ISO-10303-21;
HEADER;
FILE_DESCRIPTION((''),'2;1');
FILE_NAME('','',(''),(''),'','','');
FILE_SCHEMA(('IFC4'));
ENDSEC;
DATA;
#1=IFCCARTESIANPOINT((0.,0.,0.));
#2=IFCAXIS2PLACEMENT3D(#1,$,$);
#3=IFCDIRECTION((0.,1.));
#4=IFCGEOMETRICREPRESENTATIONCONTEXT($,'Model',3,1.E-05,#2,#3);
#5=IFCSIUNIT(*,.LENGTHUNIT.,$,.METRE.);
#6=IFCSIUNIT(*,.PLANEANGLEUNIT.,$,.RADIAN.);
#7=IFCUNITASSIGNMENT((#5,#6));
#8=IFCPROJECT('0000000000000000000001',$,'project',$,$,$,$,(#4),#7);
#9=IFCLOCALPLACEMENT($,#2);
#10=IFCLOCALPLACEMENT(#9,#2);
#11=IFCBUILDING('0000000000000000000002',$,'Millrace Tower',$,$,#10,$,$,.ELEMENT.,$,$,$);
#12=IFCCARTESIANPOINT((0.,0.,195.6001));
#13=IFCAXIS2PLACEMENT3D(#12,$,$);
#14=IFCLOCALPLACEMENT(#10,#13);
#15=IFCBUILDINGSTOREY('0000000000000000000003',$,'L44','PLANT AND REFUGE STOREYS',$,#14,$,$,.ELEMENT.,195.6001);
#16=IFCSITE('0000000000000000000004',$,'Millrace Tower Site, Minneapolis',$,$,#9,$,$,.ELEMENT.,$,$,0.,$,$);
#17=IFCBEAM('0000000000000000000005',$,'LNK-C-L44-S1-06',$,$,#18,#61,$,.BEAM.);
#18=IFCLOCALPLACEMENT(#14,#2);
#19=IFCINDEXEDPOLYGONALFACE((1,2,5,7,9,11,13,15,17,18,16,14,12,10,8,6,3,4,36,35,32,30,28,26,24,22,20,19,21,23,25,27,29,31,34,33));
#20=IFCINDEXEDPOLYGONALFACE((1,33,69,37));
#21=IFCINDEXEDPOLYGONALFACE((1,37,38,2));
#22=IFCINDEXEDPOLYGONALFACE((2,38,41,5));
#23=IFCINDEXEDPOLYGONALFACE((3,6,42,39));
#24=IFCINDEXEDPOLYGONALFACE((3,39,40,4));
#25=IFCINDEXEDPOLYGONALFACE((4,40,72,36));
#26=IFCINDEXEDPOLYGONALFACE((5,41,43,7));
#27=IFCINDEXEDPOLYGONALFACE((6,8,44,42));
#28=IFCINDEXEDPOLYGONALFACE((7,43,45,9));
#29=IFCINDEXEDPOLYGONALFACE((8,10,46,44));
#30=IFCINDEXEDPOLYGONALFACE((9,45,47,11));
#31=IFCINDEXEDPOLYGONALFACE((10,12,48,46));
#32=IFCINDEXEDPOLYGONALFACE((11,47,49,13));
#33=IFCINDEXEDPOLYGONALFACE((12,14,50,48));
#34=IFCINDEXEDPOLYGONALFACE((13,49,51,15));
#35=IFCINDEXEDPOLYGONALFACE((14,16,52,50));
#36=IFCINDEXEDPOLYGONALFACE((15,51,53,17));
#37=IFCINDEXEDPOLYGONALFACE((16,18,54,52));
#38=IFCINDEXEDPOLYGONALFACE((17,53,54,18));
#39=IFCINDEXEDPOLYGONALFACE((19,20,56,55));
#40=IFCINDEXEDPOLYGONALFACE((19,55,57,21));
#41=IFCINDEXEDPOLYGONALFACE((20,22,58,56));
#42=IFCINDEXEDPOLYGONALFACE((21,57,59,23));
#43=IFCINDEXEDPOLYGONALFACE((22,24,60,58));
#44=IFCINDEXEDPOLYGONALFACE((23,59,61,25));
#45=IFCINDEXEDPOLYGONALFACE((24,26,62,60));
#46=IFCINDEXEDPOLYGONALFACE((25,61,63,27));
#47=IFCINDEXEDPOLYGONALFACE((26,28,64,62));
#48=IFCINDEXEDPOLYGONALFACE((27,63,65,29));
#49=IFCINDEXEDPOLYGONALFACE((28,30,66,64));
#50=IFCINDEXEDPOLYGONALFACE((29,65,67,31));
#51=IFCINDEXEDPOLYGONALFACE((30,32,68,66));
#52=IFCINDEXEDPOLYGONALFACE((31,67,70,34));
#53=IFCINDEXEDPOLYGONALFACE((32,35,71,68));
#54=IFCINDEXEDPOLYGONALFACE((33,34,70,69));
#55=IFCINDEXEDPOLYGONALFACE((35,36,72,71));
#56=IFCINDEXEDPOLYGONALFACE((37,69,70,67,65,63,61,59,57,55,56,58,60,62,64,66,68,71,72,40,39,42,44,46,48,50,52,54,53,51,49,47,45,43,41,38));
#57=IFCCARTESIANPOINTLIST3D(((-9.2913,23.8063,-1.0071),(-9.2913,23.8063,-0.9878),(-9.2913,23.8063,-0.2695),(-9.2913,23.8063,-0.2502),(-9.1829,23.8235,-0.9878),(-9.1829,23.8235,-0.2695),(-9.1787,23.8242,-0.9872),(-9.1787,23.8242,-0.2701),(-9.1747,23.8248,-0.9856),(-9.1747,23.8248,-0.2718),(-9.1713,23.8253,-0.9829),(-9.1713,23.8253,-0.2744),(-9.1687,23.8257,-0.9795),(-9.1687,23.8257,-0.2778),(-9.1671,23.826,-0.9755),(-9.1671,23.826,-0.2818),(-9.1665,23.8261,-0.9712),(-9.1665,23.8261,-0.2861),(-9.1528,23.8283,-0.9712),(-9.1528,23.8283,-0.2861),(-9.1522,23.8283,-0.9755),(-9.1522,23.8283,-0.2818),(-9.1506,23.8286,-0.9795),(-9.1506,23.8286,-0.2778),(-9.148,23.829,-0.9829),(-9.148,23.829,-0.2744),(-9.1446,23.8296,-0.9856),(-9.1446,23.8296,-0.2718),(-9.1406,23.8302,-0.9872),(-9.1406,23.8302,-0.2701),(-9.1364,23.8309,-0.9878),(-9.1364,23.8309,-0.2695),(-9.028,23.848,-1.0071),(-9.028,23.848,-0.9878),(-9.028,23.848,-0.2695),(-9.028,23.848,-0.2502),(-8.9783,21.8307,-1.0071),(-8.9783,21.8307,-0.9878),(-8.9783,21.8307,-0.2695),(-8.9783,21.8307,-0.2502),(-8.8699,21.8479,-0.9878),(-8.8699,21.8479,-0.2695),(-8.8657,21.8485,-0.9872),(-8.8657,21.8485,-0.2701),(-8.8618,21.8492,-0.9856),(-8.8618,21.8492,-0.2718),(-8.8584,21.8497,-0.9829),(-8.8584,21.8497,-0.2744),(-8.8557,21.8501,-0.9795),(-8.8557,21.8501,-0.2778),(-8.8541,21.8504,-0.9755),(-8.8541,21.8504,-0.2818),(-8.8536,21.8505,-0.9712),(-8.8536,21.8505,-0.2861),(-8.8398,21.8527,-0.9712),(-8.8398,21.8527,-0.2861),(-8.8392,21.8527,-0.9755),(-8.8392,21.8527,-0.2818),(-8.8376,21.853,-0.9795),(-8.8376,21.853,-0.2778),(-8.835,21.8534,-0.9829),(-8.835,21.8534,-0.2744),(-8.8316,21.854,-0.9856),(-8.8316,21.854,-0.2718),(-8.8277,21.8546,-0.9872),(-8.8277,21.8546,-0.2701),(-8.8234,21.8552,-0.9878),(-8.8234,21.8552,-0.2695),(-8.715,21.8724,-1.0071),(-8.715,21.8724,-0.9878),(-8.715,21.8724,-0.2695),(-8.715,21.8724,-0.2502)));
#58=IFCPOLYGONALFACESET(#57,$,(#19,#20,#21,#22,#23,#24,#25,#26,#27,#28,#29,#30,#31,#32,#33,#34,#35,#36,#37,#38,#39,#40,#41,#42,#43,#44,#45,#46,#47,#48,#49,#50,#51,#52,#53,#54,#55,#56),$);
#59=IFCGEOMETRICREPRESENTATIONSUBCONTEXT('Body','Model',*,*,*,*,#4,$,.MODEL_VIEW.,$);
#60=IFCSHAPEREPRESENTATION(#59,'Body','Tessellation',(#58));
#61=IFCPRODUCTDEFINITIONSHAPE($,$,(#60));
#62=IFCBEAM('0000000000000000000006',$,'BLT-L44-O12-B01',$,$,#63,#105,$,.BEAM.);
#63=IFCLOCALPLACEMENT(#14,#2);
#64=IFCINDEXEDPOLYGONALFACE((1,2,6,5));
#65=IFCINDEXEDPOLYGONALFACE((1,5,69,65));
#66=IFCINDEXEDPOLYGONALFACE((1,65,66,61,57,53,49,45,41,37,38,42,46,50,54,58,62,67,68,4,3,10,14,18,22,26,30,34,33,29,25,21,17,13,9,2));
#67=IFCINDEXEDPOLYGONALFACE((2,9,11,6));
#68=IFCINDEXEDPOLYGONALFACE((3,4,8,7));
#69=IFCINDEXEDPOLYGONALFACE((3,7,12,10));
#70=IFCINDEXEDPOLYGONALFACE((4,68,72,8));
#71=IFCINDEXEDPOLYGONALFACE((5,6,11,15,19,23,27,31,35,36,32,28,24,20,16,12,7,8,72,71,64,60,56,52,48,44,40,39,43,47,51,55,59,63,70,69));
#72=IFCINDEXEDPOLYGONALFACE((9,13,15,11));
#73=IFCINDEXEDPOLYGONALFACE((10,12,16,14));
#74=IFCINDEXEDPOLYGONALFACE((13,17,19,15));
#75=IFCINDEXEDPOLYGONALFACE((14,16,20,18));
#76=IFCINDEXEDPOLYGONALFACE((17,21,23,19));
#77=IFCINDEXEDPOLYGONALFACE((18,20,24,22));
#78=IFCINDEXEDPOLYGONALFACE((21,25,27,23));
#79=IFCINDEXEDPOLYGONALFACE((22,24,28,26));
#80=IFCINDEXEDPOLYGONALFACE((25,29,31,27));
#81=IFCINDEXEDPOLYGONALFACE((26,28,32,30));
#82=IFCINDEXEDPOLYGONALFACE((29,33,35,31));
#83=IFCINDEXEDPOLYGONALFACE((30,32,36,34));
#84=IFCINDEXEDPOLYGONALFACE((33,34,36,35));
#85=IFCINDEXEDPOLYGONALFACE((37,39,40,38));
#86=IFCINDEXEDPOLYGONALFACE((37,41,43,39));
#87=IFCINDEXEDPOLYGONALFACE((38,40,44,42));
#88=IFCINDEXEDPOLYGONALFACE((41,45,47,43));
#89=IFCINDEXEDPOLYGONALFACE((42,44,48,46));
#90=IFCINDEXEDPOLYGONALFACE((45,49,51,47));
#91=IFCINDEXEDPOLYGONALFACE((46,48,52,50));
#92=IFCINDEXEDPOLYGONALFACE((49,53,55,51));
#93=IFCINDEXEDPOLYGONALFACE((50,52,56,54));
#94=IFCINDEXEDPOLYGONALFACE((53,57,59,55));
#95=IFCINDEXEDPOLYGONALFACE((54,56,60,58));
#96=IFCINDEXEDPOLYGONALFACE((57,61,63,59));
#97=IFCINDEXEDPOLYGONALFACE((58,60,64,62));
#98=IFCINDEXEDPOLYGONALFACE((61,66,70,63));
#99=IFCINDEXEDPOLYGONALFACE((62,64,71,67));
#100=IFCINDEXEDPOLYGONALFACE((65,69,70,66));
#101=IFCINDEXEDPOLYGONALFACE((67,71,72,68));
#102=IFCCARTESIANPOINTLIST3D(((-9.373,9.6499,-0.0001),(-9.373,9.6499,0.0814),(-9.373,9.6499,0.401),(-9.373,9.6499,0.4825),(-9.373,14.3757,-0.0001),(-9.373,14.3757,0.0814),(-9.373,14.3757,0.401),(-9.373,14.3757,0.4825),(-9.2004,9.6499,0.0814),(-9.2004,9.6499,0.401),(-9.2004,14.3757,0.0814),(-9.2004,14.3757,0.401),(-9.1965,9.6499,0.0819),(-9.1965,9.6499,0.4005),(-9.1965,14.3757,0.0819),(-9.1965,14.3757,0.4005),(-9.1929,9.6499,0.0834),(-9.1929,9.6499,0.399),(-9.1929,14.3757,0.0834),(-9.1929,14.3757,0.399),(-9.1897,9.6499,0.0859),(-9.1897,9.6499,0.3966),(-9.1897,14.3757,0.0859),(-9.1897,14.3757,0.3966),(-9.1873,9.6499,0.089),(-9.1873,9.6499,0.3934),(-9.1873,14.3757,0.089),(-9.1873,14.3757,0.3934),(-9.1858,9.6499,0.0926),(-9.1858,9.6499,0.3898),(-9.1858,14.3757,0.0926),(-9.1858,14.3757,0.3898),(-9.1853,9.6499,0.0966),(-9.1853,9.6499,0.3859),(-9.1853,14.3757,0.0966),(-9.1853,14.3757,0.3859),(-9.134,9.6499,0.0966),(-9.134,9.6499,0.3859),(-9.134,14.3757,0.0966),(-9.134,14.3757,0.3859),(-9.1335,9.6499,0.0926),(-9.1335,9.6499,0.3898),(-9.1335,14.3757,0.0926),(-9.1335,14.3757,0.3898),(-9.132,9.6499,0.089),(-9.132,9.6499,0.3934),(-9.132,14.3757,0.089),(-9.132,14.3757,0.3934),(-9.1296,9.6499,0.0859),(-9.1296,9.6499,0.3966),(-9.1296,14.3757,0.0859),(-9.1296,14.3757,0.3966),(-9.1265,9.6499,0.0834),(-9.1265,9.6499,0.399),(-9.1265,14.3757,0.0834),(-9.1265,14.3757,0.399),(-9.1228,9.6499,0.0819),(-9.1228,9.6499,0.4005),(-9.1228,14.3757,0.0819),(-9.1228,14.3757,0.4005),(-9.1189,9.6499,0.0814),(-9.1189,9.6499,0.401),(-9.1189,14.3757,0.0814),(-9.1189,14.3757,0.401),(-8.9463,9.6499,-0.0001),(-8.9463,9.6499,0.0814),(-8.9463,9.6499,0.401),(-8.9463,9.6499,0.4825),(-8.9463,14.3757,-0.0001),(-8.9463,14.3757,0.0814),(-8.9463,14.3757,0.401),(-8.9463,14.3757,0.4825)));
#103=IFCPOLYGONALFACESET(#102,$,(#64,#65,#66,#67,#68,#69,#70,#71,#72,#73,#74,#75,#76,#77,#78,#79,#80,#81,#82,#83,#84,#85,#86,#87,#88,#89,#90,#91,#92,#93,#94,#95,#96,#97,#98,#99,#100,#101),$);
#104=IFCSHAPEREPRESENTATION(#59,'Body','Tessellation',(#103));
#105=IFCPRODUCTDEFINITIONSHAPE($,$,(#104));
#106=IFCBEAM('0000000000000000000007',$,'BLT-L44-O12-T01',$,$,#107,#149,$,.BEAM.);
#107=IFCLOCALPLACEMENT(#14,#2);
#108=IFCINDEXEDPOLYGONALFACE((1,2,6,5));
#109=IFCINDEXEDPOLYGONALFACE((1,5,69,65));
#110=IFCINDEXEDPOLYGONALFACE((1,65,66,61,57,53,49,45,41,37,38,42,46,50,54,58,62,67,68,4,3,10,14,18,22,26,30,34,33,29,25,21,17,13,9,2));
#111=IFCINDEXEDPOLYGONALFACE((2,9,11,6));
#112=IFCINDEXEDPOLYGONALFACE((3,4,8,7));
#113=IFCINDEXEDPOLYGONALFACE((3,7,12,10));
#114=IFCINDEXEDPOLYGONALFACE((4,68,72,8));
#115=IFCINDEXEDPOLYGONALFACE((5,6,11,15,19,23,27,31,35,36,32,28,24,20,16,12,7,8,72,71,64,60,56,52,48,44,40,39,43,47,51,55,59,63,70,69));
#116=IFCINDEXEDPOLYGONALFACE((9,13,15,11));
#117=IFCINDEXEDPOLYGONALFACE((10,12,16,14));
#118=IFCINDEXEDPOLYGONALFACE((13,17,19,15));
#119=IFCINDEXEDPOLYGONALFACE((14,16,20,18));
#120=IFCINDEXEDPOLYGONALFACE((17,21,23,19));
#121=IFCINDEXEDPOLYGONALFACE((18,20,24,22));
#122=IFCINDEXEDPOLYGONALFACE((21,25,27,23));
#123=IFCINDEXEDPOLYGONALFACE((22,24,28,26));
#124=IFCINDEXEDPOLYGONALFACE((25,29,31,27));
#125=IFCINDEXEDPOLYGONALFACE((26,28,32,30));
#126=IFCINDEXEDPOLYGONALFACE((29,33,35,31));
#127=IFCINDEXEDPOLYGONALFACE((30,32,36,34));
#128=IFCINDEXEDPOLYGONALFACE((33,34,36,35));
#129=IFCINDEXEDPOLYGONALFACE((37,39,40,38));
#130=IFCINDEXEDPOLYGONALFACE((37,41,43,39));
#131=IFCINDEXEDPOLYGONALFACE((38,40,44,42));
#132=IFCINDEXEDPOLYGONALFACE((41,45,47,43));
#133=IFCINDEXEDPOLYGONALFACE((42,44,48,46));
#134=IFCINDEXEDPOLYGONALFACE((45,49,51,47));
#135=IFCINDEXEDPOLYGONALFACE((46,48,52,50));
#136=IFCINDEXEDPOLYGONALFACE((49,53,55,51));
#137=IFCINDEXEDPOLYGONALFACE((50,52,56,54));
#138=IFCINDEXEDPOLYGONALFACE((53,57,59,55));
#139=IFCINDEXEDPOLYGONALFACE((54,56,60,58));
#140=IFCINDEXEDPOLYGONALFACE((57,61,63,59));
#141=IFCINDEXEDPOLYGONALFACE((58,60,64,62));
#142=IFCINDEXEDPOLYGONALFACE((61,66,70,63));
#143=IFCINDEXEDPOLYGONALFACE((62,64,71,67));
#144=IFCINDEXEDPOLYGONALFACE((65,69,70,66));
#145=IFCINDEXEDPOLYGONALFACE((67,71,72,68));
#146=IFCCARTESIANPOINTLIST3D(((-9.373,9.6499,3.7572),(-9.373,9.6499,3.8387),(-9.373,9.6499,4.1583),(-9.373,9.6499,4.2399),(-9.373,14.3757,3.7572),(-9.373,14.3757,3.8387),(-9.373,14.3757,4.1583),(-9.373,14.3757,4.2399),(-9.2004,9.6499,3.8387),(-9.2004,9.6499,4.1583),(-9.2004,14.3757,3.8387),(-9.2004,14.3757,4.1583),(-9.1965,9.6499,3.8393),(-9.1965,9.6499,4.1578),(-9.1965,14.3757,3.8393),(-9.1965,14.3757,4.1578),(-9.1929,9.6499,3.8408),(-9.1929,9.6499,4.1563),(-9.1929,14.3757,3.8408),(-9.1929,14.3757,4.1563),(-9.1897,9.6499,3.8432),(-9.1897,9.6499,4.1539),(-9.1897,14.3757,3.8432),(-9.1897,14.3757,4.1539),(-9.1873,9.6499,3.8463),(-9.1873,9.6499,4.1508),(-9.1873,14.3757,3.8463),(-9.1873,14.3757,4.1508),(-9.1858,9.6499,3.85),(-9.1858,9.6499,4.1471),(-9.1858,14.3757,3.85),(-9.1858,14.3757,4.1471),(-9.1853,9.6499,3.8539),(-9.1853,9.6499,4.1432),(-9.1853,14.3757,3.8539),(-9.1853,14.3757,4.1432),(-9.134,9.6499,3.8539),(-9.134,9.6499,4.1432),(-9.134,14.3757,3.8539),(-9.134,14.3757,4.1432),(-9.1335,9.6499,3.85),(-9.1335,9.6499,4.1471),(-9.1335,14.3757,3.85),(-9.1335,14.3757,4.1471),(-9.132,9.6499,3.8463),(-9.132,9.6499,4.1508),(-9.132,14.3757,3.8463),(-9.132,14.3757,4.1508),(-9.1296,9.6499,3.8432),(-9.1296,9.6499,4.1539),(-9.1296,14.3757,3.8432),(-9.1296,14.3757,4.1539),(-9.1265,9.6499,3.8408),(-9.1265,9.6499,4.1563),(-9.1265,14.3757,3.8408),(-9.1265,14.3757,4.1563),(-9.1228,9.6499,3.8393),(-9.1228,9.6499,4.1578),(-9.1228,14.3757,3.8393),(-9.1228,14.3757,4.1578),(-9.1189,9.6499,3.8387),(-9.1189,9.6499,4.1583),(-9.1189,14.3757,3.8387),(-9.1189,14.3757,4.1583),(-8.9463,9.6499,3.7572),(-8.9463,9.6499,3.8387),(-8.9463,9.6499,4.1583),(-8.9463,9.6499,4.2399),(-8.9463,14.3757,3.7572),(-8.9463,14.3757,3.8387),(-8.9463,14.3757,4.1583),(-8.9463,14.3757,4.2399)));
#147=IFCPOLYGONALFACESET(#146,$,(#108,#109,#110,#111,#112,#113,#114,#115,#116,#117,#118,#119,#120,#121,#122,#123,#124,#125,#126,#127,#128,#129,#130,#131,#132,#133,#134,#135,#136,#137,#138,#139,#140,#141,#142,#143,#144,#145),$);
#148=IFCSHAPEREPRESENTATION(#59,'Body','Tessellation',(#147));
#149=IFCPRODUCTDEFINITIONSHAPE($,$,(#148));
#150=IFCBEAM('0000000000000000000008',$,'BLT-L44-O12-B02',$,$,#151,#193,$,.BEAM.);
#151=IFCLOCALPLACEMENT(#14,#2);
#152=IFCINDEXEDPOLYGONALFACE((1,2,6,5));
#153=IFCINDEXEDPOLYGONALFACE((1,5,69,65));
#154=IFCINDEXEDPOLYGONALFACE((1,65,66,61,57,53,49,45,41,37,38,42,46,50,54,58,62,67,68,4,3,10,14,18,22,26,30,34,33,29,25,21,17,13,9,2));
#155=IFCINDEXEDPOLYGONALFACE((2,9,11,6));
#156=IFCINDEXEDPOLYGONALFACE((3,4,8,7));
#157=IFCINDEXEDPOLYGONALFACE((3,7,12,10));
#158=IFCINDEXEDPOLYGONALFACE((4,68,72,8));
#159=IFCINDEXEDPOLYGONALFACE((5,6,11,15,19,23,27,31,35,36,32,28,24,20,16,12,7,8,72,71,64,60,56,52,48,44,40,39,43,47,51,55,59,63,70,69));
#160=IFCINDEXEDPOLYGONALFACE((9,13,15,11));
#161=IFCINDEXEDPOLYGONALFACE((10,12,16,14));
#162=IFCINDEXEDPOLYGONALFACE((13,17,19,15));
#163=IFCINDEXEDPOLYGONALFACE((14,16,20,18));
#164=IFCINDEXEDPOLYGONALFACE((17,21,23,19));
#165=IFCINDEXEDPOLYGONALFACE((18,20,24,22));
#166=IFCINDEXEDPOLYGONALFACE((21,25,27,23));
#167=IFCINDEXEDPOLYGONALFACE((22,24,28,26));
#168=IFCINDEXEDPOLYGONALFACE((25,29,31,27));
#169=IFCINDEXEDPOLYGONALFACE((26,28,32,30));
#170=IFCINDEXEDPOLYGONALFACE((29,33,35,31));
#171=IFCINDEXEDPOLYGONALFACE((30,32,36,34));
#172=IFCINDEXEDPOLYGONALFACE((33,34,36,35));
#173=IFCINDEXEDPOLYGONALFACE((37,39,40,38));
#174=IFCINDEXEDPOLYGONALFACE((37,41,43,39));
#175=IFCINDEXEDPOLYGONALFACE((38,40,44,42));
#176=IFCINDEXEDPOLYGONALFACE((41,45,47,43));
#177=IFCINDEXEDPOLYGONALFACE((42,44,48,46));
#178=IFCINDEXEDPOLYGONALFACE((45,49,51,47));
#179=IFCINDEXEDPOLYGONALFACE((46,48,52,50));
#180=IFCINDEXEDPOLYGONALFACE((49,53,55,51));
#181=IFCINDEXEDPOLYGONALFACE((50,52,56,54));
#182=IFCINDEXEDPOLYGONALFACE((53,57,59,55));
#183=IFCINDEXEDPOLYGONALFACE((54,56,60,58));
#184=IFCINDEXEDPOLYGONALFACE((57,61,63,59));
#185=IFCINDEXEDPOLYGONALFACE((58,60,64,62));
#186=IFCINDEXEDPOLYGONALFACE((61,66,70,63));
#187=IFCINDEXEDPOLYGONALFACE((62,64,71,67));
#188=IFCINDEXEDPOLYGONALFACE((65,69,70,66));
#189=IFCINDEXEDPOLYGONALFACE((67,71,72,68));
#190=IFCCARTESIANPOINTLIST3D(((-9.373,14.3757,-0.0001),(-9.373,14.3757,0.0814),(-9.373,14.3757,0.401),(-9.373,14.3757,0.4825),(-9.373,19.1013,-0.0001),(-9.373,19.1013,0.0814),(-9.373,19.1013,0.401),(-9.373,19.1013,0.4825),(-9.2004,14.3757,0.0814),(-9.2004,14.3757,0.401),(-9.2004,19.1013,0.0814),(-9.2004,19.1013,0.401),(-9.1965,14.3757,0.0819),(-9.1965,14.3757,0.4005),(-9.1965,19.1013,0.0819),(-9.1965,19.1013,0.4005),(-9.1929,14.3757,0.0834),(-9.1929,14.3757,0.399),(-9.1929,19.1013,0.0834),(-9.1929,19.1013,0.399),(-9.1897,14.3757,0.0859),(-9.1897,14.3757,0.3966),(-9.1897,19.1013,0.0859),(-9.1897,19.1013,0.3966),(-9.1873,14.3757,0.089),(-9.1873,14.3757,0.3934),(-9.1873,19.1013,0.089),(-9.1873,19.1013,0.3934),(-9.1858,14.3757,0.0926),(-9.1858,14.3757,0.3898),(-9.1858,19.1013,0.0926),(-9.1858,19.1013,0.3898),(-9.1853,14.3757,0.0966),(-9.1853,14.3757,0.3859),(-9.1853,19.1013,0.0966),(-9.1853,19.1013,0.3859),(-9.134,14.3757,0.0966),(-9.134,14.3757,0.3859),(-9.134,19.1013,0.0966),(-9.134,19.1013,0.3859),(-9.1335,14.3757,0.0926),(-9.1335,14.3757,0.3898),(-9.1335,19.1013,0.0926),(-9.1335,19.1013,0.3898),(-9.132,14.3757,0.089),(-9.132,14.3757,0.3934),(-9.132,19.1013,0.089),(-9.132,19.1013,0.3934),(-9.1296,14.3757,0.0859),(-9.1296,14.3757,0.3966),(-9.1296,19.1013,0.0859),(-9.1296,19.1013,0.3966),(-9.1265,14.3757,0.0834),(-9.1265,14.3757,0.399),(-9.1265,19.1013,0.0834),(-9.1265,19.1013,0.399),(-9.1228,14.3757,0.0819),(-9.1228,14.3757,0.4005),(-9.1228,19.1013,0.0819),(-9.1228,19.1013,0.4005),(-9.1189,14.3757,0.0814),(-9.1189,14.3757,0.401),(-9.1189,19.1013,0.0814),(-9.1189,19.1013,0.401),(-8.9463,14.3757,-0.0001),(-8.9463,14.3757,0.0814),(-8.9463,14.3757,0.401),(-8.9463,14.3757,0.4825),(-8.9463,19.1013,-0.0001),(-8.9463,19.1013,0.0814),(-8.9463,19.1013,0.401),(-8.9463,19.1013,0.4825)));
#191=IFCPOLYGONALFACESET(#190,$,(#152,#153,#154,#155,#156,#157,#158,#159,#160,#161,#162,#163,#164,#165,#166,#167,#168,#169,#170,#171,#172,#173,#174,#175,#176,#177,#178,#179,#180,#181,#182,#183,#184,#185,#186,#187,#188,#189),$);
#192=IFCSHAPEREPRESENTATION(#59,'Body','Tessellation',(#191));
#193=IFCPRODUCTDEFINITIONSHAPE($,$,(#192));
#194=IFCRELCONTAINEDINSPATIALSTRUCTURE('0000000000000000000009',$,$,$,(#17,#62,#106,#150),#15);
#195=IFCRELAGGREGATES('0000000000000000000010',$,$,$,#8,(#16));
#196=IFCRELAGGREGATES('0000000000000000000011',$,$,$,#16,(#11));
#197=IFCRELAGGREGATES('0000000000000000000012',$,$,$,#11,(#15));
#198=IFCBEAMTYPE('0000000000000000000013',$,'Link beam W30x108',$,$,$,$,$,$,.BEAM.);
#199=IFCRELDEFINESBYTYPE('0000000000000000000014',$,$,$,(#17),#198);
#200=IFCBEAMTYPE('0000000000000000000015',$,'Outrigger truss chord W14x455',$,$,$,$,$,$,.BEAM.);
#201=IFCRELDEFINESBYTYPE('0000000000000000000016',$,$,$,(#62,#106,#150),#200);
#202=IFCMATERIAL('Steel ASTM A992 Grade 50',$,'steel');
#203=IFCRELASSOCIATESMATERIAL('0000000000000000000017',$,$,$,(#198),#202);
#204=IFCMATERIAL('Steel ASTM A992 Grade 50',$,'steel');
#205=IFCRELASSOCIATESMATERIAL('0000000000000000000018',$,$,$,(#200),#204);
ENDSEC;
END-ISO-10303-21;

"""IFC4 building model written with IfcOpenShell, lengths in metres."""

from ifc_helpers import new_model, si_unit, direction, frame, origin, origin_2d, place, context, subcontext, project, spatial, i_section, extrude, material, material_profile, profile_set, type_object, element, save


model = new_model("IFC4")

# Units and contexts
model_context = context("Model", 3, precision=1e-05, world=origin(), true_north=direction((0.0, 1.0)))
body_context = subcontext(model_context, "Body", "Model", "MODEL_VIEW")
ifc_project = project(units=[si_unit("LENGTHUNIT", "METRE"), si_unit("PLANEANGLEUNIT", "RADIAN")], contexts=[model_context])

# Site, building, storey
site_placement = place(None, origin())
site = spatial("IfcSite", under=ifc_project, at=site_placement, Name="Millrace Tower Site, Minneapolis", CompositionType="ELEMENT", RefElevation=0.0)
building_placement = place(site_placement, origin())
building = spatial("IfcBuilding", under=site, at=building_placement, Name="Millrace Tower", CompositionType="ELEMENT")
storey_placement = place(building_placement, frame((0.0, 0.0, 195.6001)))
storey = spatial("IfcBuildingStorey", under=building, at=storey_placement, Name="L44", Description="PLANT AND REFUGE STOREYS", CompositionType="ELEMENT", Elevation=195.6001)

# Beams
ifc_material_1 = material(Name="Steel ASTM A992 Grade 50", Category="steel")
ifc_material_profile_1 = material_profile(ifc_material_1, i_section(OverallWidth=0.2666, OverallDepth=0.7568, WebThickness=0.0139, FlangeThickness=0.0193, FilletRadius=0.0166, at=origin_2d()))
ifc_profile_set_1 = profile_set([ifc_material_profile_1], Name="Steel ASTM A992 Grade 50")
beam_type_1 = type_object("IfcBeamType", Name="Link beam W30x108", PredefinedType="BEAM", material=ifc_profile_set_1)
beam_1_placement = place(storey_placement, frame((-8.8467, 21.8516, -0.6287), z_axis=(-0.156477, 0.987682, 0.0), x_axis=(-0.987682, -0.156477, 0.0)))
element("IfcBeam", 1, at=beam_1_placement, inside=storey, type_object=beam_type_1, Name="LNK-C-L44-S1-06", PredefinedType="BEAM", context=body_context, shape_type="SweptSolid", body=[
    extrude(i_section(OverallWidth=0.2666, OverallDepth=0.7568, WebThickness=0.0139, FlangeThickness=0.0193, FilletRadius=0.0166, at=origin_2d()), origin(), (0.0, 0.0, 1.0), 2.0002),
])
ifc_material_2 = material(Name="Steel ASTM A992 Grade 50", Category="steel")
ifc_material_profile_2 = material_profile(ifc_material_2, i_section(OverallWidth=0.4268, OverallDepth=0.4827, WebThickness=0.0513, FlangeThickness=0.0815, FilletRadius=0.0151, at=origin_2d()))
ifc_profile_set_2 = profile_set([ifc_material_profile_2], Name="Steel ASTM A992 Grade 50")
beam_type_2 = type_object("IfcBeamType", Name="Outrigger truss chord W14x455", PredefinedType="BEAM", material=ifc_profile_set_2)
for number, where, z_axis, x_axis, name in (
    (2, (-9.1597, 9.6499, 0.2412), (0.0, 1.0, 0.0), (-1.0, 0.0, 0.0), "BLT-L44-O12-B01"),
    (3, (-9.1597, 9.6499, 3.9985), (0.0, 1.0, 0.0), (-1.0, 0.0, 0.0), "BLT-L44-O12-T01"),
):
    element("IfcBeam", number, at=place(storey_placement, frame(where, z_axis=z_axis, x_axis=x_axis)), inside=storey, type_object=beam_type_2, Name=name, PredefinedType="BEAM", context=body_context, shape_type="SweptSolid", body=[
        extrude(i_section(OverallWidth=0.4268, OverallDepth=0.4827, WebThickness=0.0513, FlangeThickness=0.0815, FilletRadius=0.0151, at=origin_2d()), origin(), (0.0, 0.0, 1.0), 4.7258),
    ])
for number, where, z_axis, x_axis, name in (
    (4, (-9.1597, 14.3757, 0.2412), (0.0, 1.0, 0.0), (-1.0, 0.0, 0.0), "BLT-L44-O12-B02"),
):
    element("IfcBeam", number, at=place(storey_placement, frame(where, z_axis=z_axis, x_axis=x_axis)), inside=storey, type_object=beam_type_2, Name=name, PredefinedType="BEAM", context=body_context, shape_type="SweptSolid", body=[
        extrude(i_section(OverallWidth=0.4268, OverallDepth=0.4827, WebThickness=0.0513, FlangeThickness=0.0815, FilletRadius=0.0151, at=origin_2d()), origin(), (0.0, 0.0, 1.0), 4.7256),
    ])

save(model, "model.ifc")
